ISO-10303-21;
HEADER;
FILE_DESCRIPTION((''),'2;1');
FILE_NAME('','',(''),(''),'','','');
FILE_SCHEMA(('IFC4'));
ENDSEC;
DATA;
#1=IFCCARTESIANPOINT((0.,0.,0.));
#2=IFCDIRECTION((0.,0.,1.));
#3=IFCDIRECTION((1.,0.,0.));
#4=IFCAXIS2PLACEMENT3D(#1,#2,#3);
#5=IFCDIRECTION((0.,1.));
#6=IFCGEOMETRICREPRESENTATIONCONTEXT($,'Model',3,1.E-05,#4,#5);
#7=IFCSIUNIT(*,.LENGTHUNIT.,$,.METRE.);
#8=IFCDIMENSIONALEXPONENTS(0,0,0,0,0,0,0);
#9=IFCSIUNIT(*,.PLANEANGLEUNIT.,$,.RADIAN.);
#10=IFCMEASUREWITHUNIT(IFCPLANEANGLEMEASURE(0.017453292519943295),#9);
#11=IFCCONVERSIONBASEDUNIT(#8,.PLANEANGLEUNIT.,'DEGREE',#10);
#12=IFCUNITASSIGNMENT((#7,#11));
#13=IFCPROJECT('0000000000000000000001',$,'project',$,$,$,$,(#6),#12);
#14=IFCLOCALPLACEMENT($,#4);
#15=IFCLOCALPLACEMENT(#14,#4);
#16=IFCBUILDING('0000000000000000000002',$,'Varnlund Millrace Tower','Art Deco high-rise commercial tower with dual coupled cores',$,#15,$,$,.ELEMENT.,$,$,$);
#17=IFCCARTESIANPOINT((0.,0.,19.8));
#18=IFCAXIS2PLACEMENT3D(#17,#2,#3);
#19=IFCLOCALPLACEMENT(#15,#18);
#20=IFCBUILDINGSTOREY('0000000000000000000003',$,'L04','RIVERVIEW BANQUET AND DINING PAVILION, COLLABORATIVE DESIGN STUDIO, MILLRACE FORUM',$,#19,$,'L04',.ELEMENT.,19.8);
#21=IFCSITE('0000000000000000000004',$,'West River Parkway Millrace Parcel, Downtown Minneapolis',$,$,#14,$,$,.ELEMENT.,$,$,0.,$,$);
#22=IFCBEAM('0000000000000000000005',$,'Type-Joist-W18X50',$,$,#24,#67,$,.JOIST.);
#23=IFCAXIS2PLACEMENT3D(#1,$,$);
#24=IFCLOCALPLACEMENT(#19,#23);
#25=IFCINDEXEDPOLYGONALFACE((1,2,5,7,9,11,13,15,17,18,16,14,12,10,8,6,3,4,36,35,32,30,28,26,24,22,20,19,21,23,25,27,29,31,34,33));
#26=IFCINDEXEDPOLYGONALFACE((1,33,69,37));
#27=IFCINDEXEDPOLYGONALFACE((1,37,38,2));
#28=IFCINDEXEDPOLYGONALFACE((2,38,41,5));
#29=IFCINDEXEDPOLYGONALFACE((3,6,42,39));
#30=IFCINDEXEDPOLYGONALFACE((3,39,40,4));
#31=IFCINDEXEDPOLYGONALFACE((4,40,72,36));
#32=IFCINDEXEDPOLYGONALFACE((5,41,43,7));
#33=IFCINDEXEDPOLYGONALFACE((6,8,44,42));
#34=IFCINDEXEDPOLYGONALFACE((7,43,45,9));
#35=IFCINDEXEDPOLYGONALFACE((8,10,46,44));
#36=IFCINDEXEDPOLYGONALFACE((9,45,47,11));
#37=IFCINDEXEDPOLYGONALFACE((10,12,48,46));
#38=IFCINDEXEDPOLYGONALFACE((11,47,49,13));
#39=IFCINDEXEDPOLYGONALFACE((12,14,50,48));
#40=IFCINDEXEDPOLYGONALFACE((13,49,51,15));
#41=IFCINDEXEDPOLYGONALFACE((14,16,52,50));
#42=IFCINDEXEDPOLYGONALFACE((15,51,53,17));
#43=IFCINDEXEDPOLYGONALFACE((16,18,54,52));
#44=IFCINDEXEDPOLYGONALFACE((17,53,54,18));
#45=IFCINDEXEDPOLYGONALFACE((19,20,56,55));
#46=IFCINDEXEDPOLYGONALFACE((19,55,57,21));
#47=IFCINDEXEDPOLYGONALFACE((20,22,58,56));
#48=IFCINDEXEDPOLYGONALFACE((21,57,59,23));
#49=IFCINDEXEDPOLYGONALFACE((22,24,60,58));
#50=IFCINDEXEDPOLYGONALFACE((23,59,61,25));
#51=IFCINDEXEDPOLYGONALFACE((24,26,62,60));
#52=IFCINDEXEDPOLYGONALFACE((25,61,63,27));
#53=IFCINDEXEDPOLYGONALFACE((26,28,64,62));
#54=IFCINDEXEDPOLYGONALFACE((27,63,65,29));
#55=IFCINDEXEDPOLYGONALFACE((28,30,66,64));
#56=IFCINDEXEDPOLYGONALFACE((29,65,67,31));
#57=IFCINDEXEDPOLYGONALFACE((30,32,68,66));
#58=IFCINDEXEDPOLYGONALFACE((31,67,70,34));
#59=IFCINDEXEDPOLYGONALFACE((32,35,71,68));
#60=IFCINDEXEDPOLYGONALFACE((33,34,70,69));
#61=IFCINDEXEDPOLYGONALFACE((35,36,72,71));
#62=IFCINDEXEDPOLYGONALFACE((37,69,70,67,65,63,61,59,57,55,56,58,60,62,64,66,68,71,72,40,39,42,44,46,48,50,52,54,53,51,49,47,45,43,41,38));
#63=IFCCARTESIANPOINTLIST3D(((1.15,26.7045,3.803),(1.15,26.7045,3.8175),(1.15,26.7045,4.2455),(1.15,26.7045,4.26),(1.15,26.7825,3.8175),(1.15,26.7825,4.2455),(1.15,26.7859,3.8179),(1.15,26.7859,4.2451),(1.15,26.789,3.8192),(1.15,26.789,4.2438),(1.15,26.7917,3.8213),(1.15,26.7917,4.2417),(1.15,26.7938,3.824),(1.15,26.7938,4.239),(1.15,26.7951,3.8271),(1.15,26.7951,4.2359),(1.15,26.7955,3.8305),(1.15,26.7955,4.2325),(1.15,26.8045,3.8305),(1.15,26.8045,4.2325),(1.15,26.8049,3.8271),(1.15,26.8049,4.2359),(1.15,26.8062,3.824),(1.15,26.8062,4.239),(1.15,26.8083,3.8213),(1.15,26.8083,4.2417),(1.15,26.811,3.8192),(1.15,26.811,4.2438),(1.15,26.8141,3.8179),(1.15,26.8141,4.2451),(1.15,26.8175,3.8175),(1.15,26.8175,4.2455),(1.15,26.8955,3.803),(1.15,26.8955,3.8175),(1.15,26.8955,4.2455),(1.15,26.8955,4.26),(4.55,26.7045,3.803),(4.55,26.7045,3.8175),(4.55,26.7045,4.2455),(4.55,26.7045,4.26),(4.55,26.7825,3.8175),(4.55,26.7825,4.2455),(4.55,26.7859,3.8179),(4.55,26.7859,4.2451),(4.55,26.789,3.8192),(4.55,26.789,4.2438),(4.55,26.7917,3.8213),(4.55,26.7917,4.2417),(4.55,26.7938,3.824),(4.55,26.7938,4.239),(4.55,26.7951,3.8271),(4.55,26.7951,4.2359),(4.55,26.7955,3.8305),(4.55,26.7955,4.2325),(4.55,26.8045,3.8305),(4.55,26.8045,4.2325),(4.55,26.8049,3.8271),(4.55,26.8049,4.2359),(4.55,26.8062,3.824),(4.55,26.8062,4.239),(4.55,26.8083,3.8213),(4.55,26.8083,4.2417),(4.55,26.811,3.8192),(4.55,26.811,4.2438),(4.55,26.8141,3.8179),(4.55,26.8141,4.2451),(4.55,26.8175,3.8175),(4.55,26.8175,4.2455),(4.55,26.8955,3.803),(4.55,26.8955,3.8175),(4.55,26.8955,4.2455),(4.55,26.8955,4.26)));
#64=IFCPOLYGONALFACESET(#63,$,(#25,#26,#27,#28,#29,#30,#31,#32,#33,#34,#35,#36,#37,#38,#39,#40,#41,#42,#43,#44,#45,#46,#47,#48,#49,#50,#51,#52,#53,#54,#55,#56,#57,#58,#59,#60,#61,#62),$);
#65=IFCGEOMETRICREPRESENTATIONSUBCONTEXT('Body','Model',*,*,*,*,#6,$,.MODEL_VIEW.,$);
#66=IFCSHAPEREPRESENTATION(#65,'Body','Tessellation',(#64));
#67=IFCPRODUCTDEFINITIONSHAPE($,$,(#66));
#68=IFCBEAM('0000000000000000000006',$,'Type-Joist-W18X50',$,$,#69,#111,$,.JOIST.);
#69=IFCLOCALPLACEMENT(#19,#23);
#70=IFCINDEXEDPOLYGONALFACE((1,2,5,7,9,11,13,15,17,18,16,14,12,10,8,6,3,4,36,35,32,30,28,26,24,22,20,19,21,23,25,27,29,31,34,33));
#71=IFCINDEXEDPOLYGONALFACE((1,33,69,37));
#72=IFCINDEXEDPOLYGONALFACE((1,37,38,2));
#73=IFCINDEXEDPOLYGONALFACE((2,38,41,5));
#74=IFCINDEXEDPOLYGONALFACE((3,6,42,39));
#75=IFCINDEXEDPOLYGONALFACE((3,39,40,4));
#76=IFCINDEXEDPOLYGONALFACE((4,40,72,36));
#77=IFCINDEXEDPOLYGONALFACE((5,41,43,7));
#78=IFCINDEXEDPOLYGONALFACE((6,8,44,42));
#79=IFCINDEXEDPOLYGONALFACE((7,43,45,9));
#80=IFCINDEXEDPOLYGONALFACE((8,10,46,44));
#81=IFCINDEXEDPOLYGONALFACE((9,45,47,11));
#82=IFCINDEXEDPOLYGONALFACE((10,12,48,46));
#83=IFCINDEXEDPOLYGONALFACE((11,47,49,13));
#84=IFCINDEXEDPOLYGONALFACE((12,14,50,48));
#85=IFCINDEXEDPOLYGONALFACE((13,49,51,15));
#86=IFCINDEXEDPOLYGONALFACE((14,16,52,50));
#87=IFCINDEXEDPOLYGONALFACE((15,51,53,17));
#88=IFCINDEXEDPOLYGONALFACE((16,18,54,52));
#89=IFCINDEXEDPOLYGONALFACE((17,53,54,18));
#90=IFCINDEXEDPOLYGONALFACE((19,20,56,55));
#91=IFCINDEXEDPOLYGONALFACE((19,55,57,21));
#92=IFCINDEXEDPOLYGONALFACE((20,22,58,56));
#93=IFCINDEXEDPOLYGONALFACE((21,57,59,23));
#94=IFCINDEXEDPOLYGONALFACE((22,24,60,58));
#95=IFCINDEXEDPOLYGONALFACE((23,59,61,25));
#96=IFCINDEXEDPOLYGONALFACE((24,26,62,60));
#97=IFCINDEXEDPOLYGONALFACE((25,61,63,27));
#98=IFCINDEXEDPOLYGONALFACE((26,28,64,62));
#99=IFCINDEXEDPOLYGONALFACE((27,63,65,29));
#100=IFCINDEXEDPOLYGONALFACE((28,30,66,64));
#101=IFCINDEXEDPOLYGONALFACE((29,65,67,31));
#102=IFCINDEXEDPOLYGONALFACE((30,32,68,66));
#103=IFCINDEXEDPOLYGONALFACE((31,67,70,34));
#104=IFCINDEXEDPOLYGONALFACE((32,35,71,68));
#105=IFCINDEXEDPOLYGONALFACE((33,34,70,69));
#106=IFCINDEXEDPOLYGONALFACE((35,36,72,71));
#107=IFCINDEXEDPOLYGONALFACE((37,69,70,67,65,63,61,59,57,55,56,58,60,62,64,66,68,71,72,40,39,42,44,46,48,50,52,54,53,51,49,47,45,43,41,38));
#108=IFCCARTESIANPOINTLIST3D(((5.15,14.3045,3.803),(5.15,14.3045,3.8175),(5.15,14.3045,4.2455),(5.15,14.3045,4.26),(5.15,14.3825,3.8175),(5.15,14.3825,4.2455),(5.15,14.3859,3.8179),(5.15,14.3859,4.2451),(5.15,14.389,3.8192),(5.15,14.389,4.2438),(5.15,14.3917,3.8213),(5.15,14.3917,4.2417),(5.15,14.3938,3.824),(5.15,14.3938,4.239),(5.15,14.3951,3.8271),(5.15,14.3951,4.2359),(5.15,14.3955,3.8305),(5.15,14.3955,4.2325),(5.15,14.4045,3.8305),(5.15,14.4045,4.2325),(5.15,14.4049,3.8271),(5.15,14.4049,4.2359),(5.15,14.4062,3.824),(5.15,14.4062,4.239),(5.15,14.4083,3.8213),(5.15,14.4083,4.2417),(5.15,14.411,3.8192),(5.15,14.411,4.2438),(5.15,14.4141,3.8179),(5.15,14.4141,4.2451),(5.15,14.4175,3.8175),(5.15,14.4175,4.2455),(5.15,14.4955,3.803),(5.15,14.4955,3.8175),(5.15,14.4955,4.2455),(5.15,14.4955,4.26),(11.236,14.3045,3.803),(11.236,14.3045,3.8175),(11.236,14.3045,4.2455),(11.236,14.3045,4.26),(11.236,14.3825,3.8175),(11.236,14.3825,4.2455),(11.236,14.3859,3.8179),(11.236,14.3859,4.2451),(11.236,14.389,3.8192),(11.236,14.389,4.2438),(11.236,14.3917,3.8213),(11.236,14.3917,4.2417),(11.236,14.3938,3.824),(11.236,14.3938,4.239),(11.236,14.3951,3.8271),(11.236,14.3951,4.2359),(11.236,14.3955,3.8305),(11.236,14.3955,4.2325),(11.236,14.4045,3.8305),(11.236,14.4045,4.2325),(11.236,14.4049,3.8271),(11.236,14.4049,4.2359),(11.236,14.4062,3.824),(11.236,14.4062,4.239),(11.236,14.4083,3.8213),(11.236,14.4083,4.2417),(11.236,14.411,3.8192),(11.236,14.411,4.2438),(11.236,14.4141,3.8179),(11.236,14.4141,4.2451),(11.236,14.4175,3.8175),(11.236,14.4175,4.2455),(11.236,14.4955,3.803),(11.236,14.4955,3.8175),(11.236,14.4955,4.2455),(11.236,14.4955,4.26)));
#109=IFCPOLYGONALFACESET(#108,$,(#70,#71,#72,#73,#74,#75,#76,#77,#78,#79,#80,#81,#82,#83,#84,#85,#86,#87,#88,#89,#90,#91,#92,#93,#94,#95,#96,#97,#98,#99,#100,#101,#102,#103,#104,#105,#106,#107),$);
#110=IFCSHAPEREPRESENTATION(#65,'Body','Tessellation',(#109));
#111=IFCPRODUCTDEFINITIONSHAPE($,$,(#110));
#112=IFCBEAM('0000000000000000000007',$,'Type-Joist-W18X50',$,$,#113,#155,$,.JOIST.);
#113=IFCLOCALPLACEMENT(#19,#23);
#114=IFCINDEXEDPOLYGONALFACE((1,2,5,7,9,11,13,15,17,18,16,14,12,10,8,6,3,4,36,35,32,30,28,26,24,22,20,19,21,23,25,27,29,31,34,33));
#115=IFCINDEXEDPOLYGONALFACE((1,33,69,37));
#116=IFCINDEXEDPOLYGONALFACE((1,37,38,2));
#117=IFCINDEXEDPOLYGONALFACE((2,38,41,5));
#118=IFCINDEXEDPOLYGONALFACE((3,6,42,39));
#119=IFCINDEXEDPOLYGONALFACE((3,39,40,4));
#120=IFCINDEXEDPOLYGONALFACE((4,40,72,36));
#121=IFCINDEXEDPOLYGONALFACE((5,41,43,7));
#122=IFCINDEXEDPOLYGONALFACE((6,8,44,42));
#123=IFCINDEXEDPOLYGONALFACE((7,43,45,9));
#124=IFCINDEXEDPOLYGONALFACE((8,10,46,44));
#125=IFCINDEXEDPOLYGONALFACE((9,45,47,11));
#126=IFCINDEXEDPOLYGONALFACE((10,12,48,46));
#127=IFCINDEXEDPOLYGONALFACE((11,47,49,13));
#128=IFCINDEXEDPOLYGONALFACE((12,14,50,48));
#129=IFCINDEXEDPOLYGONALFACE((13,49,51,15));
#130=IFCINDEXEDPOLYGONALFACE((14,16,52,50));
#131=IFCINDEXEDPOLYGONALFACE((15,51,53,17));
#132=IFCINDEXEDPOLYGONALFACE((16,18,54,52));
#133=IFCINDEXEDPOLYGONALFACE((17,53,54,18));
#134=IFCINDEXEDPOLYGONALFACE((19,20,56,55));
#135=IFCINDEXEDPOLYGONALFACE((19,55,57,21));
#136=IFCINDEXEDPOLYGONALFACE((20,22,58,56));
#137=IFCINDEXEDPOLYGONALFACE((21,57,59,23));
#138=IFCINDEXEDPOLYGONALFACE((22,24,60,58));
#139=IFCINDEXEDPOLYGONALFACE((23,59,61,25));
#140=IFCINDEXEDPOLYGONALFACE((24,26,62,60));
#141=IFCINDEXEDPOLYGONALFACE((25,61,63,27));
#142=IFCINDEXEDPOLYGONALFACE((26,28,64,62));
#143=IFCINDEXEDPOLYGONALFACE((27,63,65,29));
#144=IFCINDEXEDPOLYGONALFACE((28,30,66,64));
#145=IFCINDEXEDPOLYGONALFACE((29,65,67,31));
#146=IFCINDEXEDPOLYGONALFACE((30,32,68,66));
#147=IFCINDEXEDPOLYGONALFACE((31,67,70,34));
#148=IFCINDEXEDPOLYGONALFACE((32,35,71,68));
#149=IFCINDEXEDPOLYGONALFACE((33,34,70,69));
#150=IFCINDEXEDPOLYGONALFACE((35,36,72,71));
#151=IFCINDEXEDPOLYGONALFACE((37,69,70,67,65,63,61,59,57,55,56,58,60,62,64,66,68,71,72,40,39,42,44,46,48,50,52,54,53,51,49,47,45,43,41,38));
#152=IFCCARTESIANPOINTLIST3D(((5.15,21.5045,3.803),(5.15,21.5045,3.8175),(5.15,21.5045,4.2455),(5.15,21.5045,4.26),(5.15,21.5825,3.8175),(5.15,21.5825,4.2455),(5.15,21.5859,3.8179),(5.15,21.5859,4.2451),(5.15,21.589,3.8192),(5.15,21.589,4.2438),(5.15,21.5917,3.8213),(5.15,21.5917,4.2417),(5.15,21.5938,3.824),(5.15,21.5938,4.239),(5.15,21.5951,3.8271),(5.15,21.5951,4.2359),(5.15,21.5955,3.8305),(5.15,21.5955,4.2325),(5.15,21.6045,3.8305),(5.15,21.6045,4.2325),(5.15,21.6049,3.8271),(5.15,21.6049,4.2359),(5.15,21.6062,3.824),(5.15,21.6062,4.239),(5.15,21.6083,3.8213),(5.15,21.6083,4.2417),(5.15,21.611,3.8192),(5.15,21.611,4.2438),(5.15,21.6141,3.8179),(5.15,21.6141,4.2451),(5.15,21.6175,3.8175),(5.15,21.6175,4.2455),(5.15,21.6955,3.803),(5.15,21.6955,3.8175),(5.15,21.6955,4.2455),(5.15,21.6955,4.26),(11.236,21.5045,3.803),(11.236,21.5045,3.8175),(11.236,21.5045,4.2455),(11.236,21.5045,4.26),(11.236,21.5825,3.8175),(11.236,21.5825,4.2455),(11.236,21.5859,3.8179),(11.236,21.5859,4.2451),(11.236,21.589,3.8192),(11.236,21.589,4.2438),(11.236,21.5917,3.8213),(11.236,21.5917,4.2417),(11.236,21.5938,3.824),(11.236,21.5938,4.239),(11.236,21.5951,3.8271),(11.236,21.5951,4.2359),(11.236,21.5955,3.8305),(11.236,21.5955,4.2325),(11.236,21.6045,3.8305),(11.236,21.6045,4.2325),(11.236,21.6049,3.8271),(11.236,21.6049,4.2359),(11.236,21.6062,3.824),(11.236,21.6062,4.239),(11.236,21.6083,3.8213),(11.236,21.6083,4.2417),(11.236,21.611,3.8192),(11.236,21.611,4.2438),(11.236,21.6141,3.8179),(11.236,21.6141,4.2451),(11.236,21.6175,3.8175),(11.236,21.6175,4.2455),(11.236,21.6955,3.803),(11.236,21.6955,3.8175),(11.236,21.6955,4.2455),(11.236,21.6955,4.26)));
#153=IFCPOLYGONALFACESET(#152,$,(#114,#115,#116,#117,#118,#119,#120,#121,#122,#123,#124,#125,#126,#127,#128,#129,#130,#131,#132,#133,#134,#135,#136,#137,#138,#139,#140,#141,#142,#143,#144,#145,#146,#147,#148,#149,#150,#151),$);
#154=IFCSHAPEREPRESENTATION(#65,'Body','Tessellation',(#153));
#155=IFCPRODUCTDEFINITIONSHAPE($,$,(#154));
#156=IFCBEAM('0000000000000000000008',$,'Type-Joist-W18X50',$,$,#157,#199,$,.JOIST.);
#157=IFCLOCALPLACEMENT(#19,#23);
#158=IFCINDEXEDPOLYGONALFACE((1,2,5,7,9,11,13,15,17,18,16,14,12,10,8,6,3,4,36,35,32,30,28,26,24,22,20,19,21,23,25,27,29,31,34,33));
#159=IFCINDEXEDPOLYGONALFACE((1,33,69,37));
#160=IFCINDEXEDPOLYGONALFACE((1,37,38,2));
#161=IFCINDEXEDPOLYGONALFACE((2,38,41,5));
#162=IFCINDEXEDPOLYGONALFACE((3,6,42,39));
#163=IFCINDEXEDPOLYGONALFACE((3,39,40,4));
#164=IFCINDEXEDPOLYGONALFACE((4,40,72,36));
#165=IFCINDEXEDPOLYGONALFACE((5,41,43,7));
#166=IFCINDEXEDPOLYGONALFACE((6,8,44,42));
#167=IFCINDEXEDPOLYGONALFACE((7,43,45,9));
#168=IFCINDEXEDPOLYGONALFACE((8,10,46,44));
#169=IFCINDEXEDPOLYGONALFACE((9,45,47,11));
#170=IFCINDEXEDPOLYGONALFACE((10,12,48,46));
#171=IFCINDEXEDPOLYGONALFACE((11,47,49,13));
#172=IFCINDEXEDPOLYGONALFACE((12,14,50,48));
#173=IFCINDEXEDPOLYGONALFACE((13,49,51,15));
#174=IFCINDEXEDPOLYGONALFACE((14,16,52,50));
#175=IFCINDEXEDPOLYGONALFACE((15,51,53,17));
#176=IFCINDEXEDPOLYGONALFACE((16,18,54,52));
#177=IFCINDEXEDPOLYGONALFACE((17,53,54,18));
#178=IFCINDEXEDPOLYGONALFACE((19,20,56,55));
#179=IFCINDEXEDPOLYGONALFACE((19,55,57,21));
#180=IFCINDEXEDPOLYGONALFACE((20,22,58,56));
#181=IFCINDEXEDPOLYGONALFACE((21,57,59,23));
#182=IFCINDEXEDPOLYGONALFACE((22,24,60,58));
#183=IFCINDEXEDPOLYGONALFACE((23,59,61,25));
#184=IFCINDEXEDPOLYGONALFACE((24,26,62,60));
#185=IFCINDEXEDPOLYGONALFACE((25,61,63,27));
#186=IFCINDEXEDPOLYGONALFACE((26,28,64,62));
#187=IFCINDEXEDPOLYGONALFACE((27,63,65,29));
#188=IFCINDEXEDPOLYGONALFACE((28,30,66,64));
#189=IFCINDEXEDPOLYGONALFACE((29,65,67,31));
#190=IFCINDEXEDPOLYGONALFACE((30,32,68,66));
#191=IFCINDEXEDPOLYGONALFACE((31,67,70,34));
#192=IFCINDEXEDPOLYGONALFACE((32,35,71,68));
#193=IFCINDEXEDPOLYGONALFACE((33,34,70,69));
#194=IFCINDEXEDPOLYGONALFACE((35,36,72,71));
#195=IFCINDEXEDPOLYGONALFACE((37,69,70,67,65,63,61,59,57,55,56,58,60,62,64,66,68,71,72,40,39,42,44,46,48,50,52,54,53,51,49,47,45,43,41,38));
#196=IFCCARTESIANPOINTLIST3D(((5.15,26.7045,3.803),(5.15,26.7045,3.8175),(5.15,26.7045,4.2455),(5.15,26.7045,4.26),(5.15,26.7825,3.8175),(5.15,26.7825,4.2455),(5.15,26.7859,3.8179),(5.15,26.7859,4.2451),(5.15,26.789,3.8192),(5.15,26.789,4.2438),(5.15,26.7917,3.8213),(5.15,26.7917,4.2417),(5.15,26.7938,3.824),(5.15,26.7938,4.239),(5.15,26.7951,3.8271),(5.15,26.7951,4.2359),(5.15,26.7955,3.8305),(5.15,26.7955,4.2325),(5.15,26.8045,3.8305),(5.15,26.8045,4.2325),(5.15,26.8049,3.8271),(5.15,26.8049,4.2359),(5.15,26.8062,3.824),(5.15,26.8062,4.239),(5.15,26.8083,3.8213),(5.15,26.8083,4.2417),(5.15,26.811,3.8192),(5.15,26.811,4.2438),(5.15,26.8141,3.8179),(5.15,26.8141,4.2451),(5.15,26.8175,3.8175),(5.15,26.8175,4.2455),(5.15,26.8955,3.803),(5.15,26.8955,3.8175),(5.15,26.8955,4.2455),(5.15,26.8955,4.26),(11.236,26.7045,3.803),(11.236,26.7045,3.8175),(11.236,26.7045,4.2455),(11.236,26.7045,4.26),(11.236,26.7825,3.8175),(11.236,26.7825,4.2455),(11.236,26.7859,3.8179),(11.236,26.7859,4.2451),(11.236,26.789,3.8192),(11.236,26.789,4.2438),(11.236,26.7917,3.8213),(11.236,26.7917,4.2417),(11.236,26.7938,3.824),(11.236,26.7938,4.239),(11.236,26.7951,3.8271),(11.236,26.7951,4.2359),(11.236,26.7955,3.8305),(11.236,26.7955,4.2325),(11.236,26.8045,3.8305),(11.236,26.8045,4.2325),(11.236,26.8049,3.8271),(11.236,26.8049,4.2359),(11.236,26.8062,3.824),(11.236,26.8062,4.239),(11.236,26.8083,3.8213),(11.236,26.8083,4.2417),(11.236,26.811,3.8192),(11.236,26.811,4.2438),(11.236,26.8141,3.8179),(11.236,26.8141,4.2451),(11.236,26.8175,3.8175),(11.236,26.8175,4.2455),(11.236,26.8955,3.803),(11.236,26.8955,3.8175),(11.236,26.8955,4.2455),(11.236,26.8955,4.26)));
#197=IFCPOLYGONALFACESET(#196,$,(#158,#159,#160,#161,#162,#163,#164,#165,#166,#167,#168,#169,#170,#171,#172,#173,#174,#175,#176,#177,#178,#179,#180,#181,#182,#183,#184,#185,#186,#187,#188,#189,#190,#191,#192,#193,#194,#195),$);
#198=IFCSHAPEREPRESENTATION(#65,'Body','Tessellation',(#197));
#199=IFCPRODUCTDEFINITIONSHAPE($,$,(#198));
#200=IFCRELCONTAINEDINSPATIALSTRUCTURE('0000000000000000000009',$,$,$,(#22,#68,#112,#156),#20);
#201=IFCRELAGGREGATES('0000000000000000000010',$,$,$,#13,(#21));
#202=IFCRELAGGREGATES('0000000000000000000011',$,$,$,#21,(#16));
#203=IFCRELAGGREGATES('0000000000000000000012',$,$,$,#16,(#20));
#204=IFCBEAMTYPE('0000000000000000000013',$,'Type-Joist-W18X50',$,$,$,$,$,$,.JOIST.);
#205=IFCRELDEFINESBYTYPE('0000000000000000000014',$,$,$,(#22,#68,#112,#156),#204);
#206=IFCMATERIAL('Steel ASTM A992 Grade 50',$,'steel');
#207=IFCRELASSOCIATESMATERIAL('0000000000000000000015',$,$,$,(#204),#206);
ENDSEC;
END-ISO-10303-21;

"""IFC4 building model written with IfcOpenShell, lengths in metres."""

from ifc_helpers import new_model, entity, si_unit, converted_unit, direction, frame, origin_with_axes, origin_2d_with_axis, place, context, subcontext, project, spatial, i_section, extrude, material, material_profile, profile_set, type_object, element, save


model = new_model("IFC4")

# Units and contexts
model_context = context("Model", 3, precision=1e-05, world=origin_with_axes(), true_north=direction((0.0, 1.0)))
body_context = subcontext(model_context, "Body", "Model", "MODEL_VIEW")
ifc_project = project(units=[si_unit("LENGTHUNIT", "METRE"), converted_unit("PLANEANGLEUNIT", "DEGREE", entity("IfcPlaneAngleMeasure", 0.017453292519943295), si_unit("PLANEANGLEUNIT", "RADIAN"), dimensions=[0, 0, 0, 0, 0, 0, 0])], contexts=[model_context])

# Site, building, storey
site_placement = place(None, origin_with_axes())
site = spatial("IfcSite", under=ifc_project, at=site_placement, Name="West River Parkway Millrace Parcel, Downtown Minneapolis", CompositionType="ELEMENT", RefElevation=0.0)
building_placement = place(site_placement, origin_with_axes())
building = spatial("IfcBuilding", under=site, at=building_placement, Name="Varnlund Millrace Tower", Description="Art Deco high-rise commercial tower with dual coupled cores", CompositionType="ELEMENT")
storey_placement = place(building_placement, frame((0.0, 0.0, 19.8), z_axis=(0.0, 0.0, 1.0), x_axis=(1.0, 0.0, 0.0)))
storey = spatial("IfcBuildingStorey", under=building, at=storey_placement, Name="L04", Description="RIVERVIEW BANQUET AND DINING PAVILION, COLLABORATIVE DESIGN STUDIO, MILLRACE FORUM", LongName="L04", CompositionType="ELEMENT", Elevation=19.8)

# Beams
ifc_material_1 = material(Name="Steel ASTM A992 Grade 50", Category="steel")
ifc_material_profile_1 = material_profile(ifc_material_1, i_section(OverallWidth=0.191, OverallDepth=0.457, WebThickness=0.009, FlangeThickness=0.0145, FilletRadius=0.013, at=origin_2d_with_axis()), Name="Steel ASTM A992 Grade 50")
ifc_profile_set_1 = profile_set([ifc_material_profile_1], Name="Steel ASTM A992 Grade 50")
beam_type_1 = type_object("IfcBeamType", Name="Type-Joist-W18X50", PredefinedType="JOIST", material=ifc_profile_set_1)
for number, where, z_axis, x_axis, name in (
    (1, (1.15, 26.8, 4.0315), (1.0, 0.0, 0.0), (0.0, 1.0, 0.0), "Type-Joist-W18X50"),
):
    element("IfcBeam", number, at=place(storey_placement, frame(where, z_axis=z_axis, x_axis=x_axis)), inside=storey, type_object=beam_type_1, Name=name, PredefinedType="JOIST", context=body_context, shape_type="SweptSolid", body=[
        extrude(i_section(OverallWidth=0.191, OverallDepth=0.457, WebThickness=0.009, FlangeThickness=0.0145, FilletRadius=0.013, at=origin_2d_with_axis()), origin_with_axes(), (0.0, 0.0, 1.0), 3.4),
    ])
for number, where, z_axis, x_axis, name in (
    (2, (5.15, 14.4, 4.0315), (1.0, 0.0, 0.0), (0.0, 1.0, 0.0), "Type-Joist-W18X50"),
    (3, (5.15, 21.6, 4.0315), (1.0, 0.0, 0.0), (0.0, 1.0, 0.0), "Type-Joist-W18X50"),
    (4, (5.15, 26.8, 4.0315), (1.0, 0.0, 0.0), (0.0, 1.0, 0.0), "Type-Joist-W18X50"),
):
    element("IfcBeam", number, at=place(storey_placement, frame(where, z_axis=z_axis, x_axis=x_axis)), inside=storey, type_object=beam_type_1, Name=name, PredefinedType="JOIST", context=body_context, shape_type="SweptSolid", body=[
        extrude(i_section(OverallWidth=0.191, OverallDepth=0.457, WebThickness=0.009, FlangeThickness=0.0145, FilletRadius=0.013, at=origin_2d_with_axis()), origin_with_axes(), (0.0, 0.0, 1.0), 6.086),
    ])

save(model, "model.ifc")
